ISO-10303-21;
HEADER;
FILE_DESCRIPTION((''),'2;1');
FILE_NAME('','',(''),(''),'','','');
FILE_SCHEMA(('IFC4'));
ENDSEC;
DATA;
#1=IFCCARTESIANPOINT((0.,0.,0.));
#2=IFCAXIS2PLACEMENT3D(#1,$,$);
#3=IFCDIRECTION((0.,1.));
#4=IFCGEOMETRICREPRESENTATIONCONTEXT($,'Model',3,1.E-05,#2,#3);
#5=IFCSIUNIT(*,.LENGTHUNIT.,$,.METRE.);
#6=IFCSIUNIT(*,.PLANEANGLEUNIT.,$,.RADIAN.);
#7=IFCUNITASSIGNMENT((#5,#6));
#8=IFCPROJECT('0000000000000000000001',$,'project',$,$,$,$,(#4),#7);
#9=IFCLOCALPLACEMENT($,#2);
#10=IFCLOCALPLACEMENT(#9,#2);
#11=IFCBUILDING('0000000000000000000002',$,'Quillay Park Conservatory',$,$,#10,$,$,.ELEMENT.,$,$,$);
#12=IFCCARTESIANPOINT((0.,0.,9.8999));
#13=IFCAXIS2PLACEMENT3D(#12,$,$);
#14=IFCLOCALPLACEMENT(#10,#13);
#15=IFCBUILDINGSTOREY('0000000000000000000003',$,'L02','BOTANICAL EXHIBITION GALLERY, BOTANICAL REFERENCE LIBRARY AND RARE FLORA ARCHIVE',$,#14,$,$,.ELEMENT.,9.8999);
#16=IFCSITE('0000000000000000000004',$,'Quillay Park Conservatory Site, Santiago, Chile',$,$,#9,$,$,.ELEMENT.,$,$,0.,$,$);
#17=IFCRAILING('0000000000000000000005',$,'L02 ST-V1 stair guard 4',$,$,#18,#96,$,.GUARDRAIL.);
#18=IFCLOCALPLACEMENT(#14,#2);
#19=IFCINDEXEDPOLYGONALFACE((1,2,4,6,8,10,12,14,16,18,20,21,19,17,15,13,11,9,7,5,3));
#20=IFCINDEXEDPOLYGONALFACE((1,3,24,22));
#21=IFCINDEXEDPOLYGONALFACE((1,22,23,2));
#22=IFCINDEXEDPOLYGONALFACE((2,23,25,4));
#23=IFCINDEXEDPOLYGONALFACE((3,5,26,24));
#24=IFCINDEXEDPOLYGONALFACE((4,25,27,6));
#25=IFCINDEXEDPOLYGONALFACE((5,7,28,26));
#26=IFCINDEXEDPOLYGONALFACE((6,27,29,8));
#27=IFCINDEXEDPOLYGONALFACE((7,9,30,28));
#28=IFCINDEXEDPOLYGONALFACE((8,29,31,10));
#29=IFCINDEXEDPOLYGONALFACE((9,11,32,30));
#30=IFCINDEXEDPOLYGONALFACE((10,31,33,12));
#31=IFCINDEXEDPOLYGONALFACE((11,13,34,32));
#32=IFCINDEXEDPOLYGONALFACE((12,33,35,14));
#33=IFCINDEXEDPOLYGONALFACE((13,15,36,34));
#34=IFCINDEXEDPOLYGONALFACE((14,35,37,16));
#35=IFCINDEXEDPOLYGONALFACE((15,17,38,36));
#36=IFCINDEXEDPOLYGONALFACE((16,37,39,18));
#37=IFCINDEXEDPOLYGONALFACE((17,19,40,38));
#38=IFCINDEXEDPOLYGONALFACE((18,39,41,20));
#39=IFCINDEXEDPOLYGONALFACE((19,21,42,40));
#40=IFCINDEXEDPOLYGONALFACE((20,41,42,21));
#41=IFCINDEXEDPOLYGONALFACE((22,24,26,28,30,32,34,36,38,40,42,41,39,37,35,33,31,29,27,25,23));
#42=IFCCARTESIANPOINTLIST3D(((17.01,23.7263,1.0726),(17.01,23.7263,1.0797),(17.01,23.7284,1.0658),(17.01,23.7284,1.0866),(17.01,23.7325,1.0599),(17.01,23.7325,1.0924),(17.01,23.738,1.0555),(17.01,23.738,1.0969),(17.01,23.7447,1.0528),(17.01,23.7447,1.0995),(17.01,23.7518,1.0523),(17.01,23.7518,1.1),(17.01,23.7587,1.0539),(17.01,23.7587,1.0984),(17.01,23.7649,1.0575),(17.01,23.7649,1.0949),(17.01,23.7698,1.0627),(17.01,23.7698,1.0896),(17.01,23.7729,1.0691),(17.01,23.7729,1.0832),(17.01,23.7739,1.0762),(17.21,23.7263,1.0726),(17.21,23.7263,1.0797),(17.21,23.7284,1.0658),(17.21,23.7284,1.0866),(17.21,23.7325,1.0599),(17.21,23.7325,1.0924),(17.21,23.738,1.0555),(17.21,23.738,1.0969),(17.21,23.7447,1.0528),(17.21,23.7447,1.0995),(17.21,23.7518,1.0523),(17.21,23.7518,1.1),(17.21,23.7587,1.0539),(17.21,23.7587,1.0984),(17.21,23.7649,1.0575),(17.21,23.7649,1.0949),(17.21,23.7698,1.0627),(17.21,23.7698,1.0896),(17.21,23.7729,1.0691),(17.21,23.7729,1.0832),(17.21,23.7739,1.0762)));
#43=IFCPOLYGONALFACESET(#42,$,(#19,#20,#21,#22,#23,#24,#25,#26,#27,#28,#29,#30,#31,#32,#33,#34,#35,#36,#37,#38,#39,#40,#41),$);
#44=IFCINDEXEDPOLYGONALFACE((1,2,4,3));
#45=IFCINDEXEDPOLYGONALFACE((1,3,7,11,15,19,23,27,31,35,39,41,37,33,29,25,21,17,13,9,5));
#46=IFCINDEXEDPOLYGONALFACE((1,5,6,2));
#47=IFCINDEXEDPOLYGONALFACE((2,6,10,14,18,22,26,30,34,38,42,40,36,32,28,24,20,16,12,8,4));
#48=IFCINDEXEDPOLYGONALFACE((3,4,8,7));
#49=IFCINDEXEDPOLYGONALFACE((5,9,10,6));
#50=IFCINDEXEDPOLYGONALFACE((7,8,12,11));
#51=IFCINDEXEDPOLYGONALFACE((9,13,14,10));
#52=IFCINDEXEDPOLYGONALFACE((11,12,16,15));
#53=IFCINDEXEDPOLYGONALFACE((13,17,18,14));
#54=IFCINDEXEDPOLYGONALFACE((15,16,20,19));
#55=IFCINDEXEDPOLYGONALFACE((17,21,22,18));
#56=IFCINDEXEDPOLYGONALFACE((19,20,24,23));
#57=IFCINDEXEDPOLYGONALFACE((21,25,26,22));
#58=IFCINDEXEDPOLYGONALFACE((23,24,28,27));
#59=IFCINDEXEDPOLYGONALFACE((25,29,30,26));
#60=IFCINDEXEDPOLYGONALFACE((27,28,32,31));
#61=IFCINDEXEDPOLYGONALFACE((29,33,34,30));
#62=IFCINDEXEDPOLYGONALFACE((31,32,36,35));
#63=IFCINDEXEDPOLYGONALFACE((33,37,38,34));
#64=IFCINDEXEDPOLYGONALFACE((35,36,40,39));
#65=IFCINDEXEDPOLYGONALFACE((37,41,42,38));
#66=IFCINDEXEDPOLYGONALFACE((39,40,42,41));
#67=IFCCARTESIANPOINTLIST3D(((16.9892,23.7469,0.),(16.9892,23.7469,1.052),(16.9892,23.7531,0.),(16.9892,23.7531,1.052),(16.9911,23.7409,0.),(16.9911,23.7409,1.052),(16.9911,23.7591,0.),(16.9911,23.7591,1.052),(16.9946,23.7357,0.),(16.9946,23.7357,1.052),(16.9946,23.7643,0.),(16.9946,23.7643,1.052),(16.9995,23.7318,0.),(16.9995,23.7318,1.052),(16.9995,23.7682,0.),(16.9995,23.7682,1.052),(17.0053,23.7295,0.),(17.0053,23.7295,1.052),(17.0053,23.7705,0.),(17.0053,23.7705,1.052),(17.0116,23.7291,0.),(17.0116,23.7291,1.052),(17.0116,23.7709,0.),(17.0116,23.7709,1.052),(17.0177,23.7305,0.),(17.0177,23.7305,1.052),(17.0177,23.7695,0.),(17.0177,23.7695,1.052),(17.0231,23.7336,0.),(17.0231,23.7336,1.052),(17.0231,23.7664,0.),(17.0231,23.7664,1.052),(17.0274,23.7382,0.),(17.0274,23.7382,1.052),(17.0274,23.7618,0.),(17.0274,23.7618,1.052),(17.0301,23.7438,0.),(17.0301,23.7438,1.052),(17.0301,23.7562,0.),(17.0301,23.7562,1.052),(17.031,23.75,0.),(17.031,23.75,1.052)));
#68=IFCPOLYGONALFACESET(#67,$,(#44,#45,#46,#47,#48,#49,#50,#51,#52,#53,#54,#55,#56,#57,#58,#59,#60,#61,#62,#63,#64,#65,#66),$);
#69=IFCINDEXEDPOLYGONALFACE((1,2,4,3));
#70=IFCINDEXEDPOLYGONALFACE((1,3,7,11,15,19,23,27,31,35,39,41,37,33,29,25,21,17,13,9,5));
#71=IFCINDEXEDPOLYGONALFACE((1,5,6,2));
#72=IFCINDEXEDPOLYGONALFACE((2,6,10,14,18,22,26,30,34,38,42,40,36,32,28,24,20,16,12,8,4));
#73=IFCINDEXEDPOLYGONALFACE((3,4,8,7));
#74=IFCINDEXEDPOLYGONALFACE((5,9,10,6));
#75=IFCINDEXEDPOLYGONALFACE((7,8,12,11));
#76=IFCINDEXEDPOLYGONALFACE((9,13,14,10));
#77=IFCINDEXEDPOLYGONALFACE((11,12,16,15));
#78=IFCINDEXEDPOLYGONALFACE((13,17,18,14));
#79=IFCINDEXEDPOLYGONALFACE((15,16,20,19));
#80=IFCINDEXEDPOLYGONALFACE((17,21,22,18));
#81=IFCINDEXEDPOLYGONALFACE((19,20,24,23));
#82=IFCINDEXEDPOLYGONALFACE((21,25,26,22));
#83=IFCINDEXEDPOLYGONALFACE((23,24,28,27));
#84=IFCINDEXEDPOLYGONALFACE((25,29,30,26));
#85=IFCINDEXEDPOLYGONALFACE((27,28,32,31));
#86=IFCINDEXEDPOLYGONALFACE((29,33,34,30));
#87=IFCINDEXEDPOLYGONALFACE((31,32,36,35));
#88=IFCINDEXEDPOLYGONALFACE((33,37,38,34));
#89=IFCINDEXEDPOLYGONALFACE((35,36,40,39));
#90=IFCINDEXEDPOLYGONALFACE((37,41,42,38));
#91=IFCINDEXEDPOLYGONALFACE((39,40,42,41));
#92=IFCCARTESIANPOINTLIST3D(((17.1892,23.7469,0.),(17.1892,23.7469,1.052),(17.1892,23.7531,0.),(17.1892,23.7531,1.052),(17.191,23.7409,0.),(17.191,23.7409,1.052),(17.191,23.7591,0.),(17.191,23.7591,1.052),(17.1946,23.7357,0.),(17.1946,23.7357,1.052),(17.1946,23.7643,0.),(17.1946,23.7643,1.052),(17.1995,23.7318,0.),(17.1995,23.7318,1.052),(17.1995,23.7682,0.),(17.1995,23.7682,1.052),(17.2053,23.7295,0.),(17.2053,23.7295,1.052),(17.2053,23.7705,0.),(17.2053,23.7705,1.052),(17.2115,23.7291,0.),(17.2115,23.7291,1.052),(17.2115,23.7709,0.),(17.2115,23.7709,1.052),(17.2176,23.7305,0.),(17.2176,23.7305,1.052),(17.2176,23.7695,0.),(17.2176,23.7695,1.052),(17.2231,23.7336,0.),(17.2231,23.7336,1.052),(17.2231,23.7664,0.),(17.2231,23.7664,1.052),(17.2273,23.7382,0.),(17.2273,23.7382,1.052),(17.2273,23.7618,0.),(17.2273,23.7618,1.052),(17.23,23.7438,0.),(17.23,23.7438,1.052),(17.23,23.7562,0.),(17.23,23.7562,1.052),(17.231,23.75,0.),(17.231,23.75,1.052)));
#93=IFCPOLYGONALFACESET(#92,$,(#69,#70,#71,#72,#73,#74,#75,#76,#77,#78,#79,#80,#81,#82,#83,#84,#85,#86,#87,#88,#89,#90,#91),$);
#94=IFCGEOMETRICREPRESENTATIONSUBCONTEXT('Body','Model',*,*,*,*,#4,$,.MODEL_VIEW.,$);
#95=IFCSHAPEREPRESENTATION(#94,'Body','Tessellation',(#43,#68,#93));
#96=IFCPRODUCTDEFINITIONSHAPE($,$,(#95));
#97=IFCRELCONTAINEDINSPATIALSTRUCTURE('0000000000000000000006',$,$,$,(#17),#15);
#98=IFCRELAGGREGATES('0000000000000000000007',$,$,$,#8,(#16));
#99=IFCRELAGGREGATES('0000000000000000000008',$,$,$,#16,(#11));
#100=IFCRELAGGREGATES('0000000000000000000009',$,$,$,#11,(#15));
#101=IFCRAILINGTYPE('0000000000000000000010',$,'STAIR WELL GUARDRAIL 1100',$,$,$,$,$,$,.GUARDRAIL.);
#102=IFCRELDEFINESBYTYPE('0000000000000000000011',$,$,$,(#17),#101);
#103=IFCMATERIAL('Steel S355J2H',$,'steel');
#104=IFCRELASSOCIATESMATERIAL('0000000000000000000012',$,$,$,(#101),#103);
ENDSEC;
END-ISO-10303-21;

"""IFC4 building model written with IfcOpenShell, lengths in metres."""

from ifc_helpers import new_model, si_unit, direction, frame, origin, origin_2d, place, context, subcontext, project, spatial, circle, extrude, material, type_object, element, save


model = new_model("IFC4")

# Units and contexts
model_context = context("Model", 3, precision=1e-05, world=origin(), true_north=direction((0.0, 1.0)))
body_context = subcontext(model_context, "Body", "Model", "MODEL_VIEW")
ifc_project = project(units=[si_unit("LENGTHUNIT", "METRE"), si_unit("PLANEANGLEUNIT", "RADIAN")], contexts=[model_context])

# Site, building, storey
site_placement = place(None, origin())
site = spatial("IfcSite", under=ifc_project, at=site_placement, Name="Quillay Park Conservatory Site, Santiago, Chile", CompositionType="ELEMENT", RefElevation=0.0)
building_placement = place(site_placement, origin())
building = spatial("IfcBuilding", under=site, at=building_placement, Name="Quillay Park Conservatory", CompositionType="ELEMENT")
storey_placement = place(building_placement, frame((0.0, 0.0, 9.8999)))
storey = spatial("IfcBuildingStorey", under=building, at=storey_placement, Name="L02", Description="BOTANICAL EXHIBITION GALLERY, BOTANICAL REFERENCE LIBRARY AND RARE FLORA ARCHIVE", CompositionType="ELEMENT", Elevation=9.8999)

# Railing
ifc_material_1 = material(Name="Steel S355J2H", Category="steel")
railing_type_1 = type_object("IfcRailingType", Name="STAIR WELL GUARDRAIL 1100", PredefinedType="GUARDRAIL", material=ifc_material_1)
railing_1_placement = place(storey_placement, frame((17.01, 23.75, 0.0)))
element("IfcRailing", 1, at=railing_1_placement, inside=storey, type_object=railing_type_1, Name="L02 ST-V1 stair guard 4", PredefinedType="GUARDRAIL", context=body_context, shape_type="SweptSolid", body=[
    extrude(circle(Radius=0.0239, at=origin_2d()), frame((0.0, 0.0, 1.0762), z_axis=(1.0, 0.0, 0.0), x_axis=(0.0, 1.0, 0.0)), (0.0, 0.0, 1.0), 0.2),
    extrude(circle(Radius=0.021, at=origin_2d()), origin(), (0.0, 0.0, 1.0), 1.052),
    extrude(circle(Radius=0.021, at=origin_2d()), frame((0.2, 0.0, 0.0)), (0.0, 0.0, 1.0), 1.052),
])

save(model, "model.ifc")
